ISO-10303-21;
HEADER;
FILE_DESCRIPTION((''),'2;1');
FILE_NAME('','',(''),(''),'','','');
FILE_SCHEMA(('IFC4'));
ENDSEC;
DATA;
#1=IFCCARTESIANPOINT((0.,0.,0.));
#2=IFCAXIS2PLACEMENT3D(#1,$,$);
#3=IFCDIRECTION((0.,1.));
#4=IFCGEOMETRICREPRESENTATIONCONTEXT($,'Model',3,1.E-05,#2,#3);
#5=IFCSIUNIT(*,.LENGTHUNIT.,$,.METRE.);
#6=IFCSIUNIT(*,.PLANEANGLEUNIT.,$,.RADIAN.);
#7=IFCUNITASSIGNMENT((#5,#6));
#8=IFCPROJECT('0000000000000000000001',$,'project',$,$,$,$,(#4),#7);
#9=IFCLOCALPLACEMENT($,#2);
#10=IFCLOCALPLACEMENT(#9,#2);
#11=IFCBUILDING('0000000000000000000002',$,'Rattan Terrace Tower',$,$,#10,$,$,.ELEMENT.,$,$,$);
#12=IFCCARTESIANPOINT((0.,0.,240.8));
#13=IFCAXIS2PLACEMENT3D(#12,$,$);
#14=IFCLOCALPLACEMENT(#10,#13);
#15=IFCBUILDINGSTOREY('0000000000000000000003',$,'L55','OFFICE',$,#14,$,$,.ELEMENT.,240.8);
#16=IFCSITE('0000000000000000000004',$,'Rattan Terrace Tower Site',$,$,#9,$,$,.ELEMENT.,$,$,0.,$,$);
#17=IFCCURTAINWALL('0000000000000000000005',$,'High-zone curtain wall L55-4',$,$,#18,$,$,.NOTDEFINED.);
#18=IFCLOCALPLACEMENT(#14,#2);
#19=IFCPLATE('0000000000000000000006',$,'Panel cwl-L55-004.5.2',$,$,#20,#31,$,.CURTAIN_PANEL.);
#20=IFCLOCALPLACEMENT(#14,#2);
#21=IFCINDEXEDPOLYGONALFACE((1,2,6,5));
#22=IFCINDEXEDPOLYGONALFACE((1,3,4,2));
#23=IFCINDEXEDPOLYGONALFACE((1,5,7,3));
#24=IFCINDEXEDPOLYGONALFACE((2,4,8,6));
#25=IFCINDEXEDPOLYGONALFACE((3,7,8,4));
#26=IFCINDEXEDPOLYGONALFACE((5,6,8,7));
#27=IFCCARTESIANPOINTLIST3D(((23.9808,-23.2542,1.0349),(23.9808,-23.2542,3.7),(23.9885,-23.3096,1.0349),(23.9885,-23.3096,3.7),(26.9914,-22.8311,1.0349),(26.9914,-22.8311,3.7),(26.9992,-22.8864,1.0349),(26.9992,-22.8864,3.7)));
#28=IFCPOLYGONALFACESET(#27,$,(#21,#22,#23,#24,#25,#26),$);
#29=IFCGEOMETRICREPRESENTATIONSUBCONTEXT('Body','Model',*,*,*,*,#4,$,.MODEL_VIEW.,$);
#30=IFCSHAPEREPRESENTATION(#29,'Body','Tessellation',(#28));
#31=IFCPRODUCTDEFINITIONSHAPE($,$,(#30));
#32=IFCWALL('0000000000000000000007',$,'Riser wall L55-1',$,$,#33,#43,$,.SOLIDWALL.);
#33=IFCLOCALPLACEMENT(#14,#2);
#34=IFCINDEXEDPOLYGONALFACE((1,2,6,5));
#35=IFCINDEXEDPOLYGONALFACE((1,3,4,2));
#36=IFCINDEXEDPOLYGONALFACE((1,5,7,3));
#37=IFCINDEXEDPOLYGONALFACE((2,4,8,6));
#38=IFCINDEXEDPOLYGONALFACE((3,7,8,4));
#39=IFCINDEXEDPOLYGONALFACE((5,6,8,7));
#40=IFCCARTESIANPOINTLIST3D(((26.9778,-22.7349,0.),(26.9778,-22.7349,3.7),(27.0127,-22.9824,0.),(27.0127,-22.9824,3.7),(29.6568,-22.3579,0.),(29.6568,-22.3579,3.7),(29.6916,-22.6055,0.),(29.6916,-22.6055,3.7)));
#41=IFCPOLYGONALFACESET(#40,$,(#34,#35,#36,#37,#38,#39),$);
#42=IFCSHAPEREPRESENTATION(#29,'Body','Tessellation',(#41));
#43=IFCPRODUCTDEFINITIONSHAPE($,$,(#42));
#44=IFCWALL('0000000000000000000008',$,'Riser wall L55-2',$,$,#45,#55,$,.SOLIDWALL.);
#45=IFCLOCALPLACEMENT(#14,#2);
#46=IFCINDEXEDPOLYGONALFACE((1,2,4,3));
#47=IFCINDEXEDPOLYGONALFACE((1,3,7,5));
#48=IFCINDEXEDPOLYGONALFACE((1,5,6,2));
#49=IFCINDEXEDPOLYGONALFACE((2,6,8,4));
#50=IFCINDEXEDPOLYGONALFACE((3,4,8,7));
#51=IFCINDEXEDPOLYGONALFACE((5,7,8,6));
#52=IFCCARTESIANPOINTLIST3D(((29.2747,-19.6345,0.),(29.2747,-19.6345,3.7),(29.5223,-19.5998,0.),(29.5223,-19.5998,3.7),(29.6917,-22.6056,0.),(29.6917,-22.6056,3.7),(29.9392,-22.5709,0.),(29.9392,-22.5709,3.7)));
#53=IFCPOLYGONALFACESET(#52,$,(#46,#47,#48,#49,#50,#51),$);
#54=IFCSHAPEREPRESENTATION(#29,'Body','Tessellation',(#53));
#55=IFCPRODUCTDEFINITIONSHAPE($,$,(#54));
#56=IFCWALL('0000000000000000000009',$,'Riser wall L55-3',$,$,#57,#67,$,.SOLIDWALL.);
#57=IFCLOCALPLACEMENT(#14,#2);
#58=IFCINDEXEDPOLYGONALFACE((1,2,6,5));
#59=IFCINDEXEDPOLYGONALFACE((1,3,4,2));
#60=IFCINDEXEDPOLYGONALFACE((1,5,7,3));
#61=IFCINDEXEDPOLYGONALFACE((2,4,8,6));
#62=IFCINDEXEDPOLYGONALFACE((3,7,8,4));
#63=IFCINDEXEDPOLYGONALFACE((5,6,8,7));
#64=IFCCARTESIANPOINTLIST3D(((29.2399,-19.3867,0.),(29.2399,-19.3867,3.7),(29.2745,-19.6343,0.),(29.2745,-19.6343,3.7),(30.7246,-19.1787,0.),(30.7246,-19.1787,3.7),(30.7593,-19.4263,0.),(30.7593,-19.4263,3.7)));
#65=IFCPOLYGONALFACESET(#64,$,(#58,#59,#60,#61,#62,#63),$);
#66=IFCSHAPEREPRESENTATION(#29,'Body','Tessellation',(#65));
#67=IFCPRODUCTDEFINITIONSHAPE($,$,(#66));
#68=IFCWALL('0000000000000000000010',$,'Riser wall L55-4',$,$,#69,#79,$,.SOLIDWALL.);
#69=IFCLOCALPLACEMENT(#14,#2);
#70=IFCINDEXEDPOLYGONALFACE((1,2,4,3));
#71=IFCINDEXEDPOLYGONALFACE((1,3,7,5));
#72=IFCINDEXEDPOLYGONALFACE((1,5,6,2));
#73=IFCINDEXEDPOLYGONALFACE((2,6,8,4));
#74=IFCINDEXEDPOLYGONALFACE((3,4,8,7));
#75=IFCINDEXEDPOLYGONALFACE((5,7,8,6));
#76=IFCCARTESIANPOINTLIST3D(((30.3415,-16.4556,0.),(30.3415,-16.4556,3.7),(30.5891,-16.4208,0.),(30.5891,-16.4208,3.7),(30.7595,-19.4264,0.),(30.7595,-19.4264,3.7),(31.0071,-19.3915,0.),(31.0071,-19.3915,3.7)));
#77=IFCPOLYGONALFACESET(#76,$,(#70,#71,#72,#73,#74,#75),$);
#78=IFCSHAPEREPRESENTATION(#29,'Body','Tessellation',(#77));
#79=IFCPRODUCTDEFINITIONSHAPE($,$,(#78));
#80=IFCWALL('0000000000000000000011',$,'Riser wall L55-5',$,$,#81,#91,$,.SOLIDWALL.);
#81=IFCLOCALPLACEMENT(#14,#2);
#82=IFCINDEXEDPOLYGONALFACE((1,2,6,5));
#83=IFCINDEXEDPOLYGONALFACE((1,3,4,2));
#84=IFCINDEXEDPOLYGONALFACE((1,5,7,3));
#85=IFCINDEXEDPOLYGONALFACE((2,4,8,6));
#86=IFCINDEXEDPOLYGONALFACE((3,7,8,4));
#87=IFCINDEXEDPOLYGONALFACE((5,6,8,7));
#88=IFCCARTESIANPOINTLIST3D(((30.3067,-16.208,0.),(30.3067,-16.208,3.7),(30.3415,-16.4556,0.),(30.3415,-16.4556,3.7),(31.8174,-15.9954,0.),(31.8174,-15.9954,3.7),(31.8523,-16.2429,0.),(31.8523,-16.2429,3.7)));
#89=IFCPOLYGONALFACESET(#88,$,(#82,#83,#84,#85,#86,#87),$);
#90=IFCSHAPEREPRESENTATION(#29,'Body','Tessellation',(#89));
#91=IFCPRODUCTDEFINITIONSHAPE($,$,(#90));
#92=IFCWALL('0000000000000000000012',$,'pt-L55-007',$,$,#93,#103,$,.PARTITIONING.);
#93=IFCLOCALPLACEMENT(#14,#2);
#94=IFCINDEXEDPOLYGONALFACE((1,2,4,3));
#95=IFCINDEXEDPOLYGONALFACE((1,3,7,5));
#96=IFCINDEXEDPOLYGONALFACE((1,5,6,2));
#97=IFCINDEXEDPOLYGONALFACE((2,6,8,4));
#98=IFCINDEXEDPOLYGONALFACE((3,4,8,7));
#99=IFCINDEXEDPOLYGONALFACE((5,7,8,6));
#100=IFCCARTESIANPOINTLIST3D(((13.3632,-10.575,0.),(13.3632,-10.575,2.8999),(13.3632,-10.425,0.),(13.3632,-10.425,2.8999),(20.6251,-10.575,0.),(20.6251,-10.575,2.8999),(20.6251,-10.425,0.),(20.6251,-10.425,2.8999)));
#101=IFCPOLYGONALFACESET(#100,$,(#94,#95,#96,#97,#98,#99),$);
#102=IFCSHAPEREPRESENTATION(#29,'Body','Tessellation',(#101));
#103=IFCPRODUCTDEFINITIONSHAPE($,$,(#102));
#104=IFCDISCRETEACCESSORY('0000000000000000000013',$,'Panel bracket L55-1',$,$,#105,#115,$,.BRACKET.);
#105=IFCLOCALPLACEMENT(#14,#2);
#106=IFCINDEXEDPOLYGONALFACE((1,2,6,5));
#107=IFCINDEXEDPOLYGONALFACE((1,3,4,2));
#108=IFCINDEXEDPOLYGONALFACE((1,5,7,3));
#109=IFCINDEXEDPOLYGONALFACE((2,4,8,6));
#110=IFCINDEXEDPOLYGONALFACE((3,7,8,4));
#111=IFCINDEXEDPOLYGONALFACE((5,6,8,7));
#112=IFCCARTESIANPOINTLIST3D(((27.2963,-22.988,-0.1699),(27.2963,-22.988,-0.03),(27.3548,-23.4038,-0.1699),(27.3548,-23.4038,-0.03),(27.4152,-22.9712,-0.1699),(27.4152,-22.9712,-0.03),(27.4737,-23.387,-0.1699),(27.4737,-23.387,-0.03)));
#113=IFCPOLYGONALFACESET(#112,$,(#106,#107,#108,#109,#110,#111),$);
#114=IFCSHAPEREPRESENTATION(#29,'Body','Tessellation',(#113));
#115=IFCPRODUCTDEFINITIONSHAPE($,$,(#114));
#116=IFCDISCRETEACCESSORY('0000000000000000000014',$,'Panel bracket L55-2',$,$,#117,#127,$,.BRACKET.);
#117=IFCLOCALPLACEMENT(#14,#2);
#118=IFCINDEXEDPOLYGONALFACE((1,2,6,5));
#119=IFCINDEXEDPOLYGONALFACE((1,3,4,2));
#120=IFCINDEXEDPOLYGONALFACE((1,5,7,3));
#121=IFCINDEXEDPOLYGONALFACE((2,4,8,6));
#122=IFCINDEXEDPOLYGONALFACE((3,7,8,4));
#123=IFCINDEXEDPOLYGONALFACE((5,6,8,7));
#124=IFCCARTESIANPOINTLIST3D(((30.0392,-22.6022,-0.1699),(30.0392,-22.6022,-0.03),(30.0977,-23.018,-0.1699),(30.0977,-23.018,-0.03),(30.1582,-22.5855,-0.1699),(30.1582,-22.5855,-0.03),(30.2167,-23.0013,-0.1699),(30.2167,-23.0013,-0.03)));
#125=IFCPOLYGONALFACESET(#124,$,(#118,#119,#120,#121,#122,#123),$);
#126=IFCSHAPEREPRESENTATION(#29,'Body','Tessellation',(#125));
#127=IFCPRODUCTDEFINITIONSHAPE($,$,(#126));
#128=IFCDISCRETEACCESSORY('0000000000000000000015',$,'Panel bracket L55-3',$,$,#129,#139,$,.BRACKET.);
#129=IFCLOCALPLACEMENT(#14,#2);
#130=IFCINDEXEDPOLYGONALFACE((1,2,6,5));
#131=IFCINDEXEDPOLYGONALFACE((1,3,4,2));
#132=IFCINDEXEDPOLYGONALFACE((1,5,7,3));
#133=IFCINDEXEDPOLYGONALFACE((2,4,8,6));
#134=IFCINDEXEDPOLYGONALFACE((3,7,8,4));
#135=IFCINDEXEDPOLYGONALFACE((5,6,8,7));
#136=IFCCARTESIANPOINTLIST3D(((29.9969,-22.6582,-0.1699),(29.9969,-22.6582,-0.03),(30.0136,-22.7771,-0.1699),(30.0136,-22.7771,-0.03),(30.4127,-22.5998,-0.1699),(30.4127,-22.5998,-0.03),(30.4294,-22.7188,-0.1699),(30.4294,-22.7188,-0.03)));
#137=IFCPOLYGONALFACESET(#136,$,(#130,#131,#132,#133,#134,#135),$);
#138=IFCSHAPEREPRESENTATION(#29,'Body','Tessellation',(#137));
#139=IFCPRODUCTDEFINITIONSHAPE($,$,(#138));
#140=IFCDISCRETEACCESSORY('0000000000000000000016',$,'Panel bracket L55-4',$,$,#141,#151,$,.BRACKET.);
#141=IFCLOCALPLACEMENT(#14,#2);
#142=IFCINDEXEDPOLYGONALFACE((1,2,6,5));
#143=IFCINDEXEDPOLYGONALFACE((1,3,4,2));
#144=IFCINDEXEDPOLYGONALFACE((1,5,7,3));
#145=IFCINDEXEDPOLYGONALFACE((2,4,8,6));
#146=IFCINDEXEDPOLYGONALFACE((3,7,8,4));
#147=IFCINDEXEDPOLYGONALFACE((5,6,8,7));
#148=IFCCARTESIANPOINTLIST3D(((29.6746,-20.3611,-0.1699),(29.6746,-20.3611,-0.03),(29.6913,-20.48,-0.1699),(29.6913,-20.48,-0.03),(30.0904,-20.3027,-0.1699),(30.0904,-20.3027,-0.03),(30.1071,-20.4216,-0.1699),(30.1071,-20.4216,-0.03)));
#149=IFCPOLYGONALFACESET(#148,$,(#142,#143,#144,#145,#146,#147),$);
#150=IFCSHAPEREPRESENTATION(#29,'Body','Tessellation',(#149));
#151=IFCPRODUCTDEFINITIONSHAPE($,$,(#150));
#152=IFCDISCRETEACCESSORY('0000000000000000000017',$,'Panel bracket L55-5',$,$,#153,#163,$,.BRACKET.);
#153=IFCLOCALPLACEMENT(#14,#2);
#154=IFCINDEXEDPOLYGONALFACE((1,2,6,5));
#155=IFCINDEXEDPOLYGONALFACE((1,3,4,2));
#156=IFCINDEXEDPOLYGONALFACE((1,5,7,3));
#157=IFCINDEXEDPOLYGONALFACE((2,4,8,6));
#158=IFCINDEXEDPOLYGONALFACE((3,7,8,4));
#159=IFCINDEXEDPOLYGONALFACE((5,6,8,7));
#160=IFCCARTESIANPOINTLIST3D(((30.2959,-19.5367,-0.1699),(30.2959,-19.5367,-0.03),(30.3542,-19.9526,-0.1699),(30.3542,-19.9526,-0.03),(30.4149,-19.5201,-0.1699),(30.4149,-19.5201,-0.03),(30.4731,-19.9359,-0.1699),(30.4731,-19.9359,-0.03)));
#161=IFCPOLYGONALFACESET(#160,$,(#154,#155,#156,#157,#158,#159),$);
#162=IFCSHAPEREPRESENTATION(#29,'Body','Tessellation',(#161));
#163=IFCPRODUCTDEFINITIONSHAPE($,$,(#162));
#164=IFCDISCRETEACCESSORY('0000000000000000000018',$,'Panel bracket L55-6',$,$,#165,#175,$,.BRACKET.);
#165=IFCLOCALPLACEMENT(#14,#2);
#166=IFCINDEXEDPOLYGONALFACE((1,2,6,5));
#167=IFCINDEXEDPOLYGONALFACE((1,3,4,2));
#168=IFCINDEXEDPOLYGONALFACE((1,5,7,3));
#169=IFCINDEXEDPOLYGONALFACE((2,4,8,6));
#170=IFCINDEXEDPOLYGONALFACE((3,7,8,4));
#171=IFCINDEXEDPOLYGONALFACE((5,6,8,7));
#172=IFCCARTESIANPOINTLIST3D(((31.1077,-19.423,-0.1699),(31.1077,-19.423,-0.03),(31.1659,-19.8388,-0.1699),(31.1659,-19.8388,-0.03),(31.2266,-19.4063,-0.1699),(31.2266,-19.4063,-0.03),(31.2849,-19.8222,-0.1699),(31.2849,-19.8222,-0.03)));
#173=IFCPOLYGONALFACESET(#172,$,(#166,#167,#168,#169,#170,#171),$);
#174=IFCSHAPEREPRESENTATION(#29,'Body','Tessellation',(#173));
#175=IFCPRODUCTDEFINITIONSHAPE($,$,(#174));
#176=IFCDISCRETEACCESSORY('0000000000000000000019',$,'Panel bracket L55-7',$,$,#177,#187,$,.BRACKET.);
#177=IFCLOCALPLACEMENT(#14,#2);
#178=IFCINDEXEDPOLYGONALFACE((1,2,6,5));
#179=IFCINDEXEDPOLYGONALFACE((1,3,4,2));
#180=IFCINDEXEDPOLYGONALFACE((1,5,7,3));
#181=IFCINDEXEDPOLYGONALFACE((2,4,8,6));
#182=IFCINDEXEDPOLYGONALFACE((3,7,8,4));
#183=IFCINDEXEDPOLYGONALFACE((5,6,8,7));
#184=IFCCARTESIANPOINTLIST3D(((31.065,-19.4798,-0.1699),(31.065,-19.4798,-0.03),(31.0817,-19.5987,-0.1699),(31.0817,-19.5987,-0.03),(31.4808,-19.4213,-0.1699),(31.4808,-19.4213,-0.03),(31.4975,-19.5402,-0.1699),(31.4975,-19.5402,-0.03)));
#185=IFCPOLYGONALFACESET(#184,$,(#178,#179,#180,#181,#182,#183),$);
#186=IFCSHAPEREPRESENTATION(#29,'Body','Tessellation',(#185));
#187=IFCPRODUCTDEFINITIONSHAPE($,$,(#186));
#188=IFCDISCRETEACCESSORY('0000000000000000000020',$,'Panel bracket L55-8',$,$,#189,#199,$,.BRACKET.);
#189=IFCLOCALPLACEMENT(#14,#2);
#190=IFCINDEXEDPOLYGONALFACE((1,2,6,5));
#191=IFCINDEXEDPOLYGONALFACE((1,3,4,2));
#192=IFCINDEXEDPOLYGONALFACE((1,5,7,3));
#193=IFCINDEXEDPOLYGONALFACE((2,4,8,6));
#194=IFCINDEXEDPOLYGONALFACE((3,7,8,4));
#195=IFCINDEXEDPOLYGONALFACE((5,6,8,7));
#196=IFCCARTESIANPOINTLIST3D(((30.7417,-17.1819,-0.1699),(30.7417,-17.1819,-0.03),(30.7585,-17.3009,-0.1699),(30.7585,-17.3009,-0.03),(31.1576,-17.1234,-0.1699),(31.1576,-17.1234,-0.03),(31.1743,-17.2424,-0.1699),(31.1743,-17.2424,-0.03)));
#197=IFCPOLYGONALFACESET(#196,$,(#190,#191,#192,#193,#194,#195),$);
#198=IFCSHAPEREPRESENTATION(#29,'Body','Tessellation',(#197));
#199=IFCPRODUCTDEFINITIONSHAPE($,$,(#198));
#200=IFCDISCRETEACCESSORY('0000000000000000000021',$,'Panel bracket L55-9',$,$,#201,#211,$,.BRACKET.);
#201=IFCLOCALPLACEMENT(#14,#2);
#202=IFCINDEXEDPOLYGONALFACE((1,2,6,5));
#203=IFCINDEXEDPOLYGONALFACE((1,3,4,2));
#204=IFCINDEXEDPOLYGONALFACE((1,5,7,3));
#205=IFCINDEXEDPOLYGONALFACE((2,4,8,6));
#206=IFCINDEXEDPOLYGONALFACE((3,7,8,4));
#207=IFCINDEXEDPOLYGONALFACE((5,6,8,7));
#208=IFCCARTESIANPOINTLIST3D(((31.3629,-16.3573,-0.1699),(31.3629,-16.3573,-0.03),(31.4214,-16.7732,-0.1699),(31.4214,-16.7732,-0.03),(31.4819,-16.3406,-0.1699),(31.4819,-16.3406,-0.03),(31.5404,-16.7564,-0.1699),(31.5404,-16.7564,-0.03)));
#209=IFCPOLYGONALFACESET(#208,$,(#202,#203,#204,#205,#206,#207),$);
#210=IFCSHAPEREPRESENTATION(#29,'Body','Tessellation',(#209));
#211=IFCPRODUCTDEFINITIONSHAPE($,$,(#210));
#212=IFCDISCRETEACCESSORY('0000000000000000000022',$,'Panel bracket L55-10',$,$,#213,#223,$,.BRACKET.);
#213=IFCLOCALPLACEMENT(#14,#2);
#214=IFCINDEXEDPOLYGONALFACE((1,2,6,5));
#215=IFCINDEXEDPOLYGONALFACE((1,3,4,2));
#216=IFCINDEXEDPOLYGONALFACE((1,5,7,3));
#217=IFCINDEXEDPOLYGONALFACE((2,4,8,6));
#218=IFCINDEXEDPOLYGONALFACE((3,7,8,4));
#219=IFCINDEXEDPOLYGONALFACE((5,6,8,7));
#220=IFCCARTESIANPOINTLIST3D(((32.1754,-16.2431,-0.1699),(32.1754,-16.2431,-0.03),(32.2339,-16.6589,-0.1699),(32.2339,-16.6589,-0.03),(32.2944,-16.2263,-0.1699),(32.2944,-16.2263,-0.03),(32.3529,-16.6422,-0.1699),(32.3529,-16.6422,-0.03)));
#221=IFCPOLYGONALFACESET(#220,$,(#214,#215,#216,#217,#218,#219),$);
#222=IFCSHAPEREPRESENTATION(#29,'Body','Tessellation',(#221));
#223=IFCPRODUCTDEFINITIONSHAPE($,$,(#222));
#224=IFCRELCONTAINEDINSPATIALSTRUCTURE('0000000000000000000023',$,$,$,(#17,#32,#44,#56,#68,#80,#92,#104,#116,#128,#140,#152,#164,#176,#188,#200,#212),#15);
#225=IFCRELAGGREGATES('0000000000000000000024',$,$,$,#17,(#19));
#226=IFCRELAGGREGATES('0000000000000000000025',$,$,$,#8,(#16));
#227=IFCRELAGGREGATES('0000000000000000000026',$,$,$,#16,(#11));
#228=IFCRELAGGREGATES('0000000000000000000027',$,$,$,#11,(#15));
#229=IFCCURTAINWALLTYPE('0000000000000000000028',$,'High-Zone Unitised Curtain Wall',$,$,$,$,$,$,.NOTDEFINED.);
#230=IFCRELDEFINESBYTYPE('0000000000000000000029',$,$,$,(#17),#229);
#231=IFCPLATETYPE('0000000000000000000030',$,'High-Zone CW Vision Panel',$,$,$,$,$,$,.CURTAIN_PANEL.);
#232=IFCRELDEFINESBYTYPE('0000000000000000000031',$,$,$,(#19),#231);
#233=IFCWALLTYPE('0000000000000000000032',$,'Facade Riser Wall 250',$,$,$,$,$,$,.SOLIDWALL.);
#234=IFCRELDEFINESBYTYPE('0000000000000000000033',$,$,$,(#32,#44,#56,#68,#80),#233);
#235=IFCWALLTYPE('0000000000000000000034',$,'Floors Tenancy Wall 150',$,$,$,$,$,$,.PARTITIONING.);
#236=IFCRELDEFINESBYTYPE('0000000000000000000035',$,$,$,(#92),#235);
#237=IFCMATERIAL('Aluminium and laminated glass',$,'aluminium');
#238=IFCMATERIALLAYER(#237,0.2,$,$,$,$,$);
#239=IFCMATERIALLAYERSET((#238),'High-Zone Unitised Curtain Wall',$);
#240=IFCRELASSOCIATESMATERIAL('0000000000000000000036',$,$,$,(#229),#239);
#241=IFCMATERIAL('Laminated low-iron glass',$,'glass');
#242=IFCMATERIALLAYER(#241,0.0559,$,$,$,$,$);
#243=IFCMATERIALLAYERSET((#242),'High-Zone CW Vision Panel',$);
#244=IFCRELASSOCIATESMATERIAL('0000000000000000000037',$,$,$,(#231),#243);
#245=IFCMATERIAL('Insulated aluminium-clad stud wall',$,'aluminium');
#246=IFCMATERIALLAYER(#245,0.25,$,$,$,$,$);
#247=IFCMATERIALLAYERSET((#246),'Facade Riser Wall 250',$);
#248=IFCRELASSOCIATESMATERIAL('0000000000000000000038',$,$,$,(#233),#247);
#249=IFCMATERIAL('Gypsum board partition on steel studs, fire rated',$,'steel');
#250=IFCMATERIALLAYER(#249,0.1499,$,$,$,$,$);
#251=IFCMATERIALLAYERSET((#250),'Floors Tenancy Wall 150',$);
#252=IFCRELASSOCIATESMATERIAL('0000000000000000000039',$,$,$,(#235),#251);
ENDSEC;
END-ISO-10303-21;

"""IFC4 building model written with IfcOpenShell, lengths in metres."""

from ifc_helpers import new_model, si_unit, direction, frame, frame_2d, origin, origin_2d, place, context, subcontext, project, spatial, rectangle, extrude, material, layer, layer_set, type_object, element, aggregate, save


model = new_model("IFC4")

# Units and contexts
model_context = context("Model", 3, precision=1e-05, world=origin(), true_north=direction((0.0, 1.0)))
body_context = subcontext(model_context, "Body", "Model", "MODEL_VIEW")
ifc_project = project(units=[si_unit("LENGTHUNIT", "METRE"), si_unit("PLANEANGLEUNIT", "RADIAN")], contexts=[model_context])

# Site, building, storey
site_placement = place(None, origin())
site = spatial("IfcSite", under=ifc_project, at=site_placement, Name="Rattan Terrace Tower Site", CompositionType="ELEMENT", RefElevation=0.0)
building_placement = place(site_placement, origin())
building = spatial("IfcBuilding", under=site, at=building_placement, Name="Rattan Terrace Tower", CompositionType="ELEMENT")
storey_placement = place(building_placement, frame((0.0, 0.0, 240.8)))
storey = spatial("IfcBuildingStorey", under=building, at=storey_placement, Name="L55", Description="OFFICE", CompositionType="ELEMENT", Elevation=240.8)

# Shared definitions
ifc_material_1 = material(Name="Aluminium and laminated glass", Category="aluminium")
ifc_layer_1 = layer(ifc_material_1, 0.2)
ifc_layer_set_1 = layer_set([ifc_layer_1], Name="High-Zone Unitised Curtain Wall")
curtain_wall_type = type_object("IfcCurtainWallType", Name="High-Zone Unitised Curtain Wall", PredefinedType="NOTDEFINED", material=ifc_layer_set_1)

# Curtain wall
curtain_wall_1_placement = place(storey_placement, origin())
curtain_wall_1 = element("IfcCurtainWall", 1, at=curtain_wall_1_placement, inside=storey, type_object=curtain_wall_type, Name="High-zone curtain wall L55-4", PredefinedType="NOTDEFINED")

# Plate
ifc_material_2 = material(Name="Laminated low-iron glass", Category="glass")
ifc_layer_2 = layer(ifc_material_2, 0.0559)
ifc_layer_set_2 = layer_set([ifc_layer_2], Name="High-Zone CW Vision Panel")
plate_type_1 = type_object("IfcPlateType", Name="High-Zone CW Vision Panel", PredefinedType="CURTAIN_PANEL", material=ifc_layer_set_2)
plate_1_placement = place(storey_placement, frame((25.49, -23.0703, 1.0349), z_axis=(0.0, 0.0, 1.0), x_axis=(0.990267, 0.139177, 0.0)))
plate_1 = element("IfcPlate", 2, at=plate_1_placement, type_object=plate_type_1, Name="Panel cwl-L55-004.5.2", PredefinedType="CURTAIN_PANEL", context=body_context, shape_type="SweptSolid", body=[
    extrude(rectangle(XDim=3.0403, YDim=0.0559, at=origin_2d()), origin(), (0.0, 0.0, 1.0), 2.665),
])
aggregate(curtain_wall_1, [plate_1])

# Walls
ifc_material_3 = material(Name="Insulated aluminium-clad stud wall", Category="aluminium")
ifc_layer_3 = layer(ifc_material_3, 0.25)
ifc_layer_set_3 = layer_set([ifc_layer_3], Name="Facade Riser Wall 250")
wall_type_1 = type_object("IfcWallType", Name="Facade Riser Wall 250", PredefinedType="SOLIDWALL", material=ifc_layer_set_3)
wall_1_placement = place(storey_placement, frame((26.9954, -22.8586, 0.0), z_axis=(0.0, 0.0, 1.0), x_axis=(0.990245, 0.139336, 0.0)))
element("IfcWall", 3, at=wall_1_placement, inside=storey, type_object=wall_type_1, Name="Riser wall L55-1", PredefinedType="SOLIDWALL", context=body_context, shape_type="SweptSolid", body=[
    extrude(rectangle(XDim=2.7053, YDim=0.25, at=frame_2d((1.3525, 0.0))), origin(), (0.0, 0.0, 1.0), 3.7),
])
wall_2_placement = place(storey_placement, frame((29.8154, -22.5881, 0.0), z_axis=(0.0, 0.0, 1.0), x_axis=(-0.138983, 0.990295, 0.0)))
element("IfcWall", 4, at=wall_2_placement, inside=storey, type_object=wall_type_1, Name="Riser wall L55-2", PredefinedType="SOLIDWALL", context=body_context, shape_type="SweptSolid", body=[
    extrude(rectangle(XDim=3.0002, YDim=0.25, at=frame_2d((1.5, 0.0))), origin(), (0.0, 0.0, 1.0), 3.7),
])
wall_3_placement = place(storey_placement, frame((29.2573, -19.5105, 0.0), z_axis=(0.0, 0.0, 1.0), x_axis=(0.99033, 0.138731, 0.0)))
element("IfcWall", 5, at=wall_3_placement, inside=storey, type_object=wall_type_1, Name="Riser wall L55-3", PredefinedType="SOLIDWALL", context=body_context, shape_type="SweptSolid", body=[
    extrude(rectangle(XDim=1.4993, YDim=0.25, at=frame_2d((0.7495, 0.0))), origin(), (0.0, 0.0, 1.0), 3.7),
])
wall_4_placement = place(storey_placement, frame((30.8833, -19.4089, 0.0), z_axis=(0.0, 0.0, 1.0), x_axis=(-0.139325, 0.990247, 0.0)))
element("IfcWall", 6, at=wall_4_placement, inside=storey, type_object=wall_type_1, Name="Riser wall L55-4", PredefinedType="SOLIDWALL", context=body_context, shape_type="SweptSolid", body=[
    extrude(rectangle(XDim=3.0, YDim=0.25, at=frame_2d((1.5, 0.0))), origin(), (0.0, 0.0, 1.0), 3.7),
])
wall_5_placement = place(storey_placement, frame((30.3242, -16.3318, 0.0), z_axis=(0.0, 0.0, 1.0), x_axis=(0.990239, 0.139382, 0.0)))
element("IfcWall", 7, at=wall_5_placement, inside=storey, type_object=wall_type_1, Name="Riser wall L55-5", PredefinedType="SOLIDWALL", context=body_context, shape_type="SweptSolid", body=[
    extrude(rectangle(XDim=1.5256, YDim=0.25, at=frame_2d((0.7627, 0.0))), origin(), (0.0, 0.0, 1.0), 3.7),
])
ifc_material_4 = material(Name="Gypsum board partition on steel studs, fire rated", Category="steel")
ifc_layer_4 = layer(ifc_material_4, 0.1499)
ifc_layer_set_4 = layer_set([ifc_layer_4], Name="Floors Tenancy Wall 150")
wall_type_2 = type_object("IfcWallType", Name="Floors Tenancy Wall 150", PredefinedType="PARTITIONING", material=ifc_layer_set_4)
wall_6_placement = place(storey_placement, frame((20.625, -10.5, 0.0), z_axis=(0.0, 0.0, 1.0), x_axis=(-1.0, 0.0, 0.0)))
element("IfcWall", 8, at=wall_6_placement, inside=storey, type_object=wall_type_2, Name="pt-L55-007", PredefinedType="PARTITIONING", context=body_context, shape_type="SweptSolid", body=[
    extrude(rectangle(XDim=7.262, YDim=0.1499, at=frame_2d((3.6309, 0.0))), origin(), (0.0, 0.0, 1.0), 2.8999),
])

# Discrete accessories
for number, where, z_axis, x_axis, name in (
    (9, (27.385, -23.1875, -0.1699), (0.0, 0.0, 1.0), (0.990247, 0.139321, 0.0), "Panel bracket L55-1"),
    (10, (30.1279, -22.8018, -0.1699), (0.0, 0.0, 1.0), (0.990247, 0.139321, 0.0), "Panel bracket L55-2"),
    (11, (30.2131, -22.6885, -0.1699), (0.0, 0.0, 1.0), (-0.138994, 0.990293, 0.0), "Panel bracket L55-3"),
    (12, (29.8909, -20.3914, -0.1699), (0.0, 0.0, 1.0), (-0.138994, 0.990293, 0.0), "Panel bracket L55-4"),
    (13, (30.3845, -19.7363, -0.1699), (0.0, 0.0, 1.0), (0.990333, 0.138713, 0.0), "Panel bracket L55-5"),
    (14, (31.1963, -19.6226, -0.1699), (0.0, 0.0, 1.0), (0.990333, 0.138713, 0.0), "Panel bracket L55-6"),
    (15, (31.2812, -19.51, -0.1699), (0.0, 0.0, 1.0), (-0.139321, 0.990247, 0.0), "Panel bracket L55-7"),
    (16, (30.958, -17.2122, -0.1699), (0.0, 0.0, 1.0), (-0.139321, 0.990247, 0.0), "Panel bracket L55-8"),
    (17, (31.4517, -16.5569, -0.1699), (0.0, 0.0, 1.0), (0.990254, 0.139275, 0.0), "Panel bracket L55-9"),
    (18, (32.2642, -16.4426, -0.1699), (0.0, 0.0, 1.0), (0.990254, 0.139275, 0.0), "Panel bracket L55-10"),
):
    element("IfcDiscreteAccessory", number, at=place(storey_placement, frame(where, z_axis=z_axis, x_axis=x_axis)), inside=storey, Name=name, PredefinedType="BRACKET", context=body_context, shape_type="SweptSolid", body=[
        extrude(rectangle(XDim=0.1201, YDim=0.4199, at=origin_2d()), origin(), (0.0, 0.0, 1.0), 0.1399),
    ])

save(model, "model.ifc")
